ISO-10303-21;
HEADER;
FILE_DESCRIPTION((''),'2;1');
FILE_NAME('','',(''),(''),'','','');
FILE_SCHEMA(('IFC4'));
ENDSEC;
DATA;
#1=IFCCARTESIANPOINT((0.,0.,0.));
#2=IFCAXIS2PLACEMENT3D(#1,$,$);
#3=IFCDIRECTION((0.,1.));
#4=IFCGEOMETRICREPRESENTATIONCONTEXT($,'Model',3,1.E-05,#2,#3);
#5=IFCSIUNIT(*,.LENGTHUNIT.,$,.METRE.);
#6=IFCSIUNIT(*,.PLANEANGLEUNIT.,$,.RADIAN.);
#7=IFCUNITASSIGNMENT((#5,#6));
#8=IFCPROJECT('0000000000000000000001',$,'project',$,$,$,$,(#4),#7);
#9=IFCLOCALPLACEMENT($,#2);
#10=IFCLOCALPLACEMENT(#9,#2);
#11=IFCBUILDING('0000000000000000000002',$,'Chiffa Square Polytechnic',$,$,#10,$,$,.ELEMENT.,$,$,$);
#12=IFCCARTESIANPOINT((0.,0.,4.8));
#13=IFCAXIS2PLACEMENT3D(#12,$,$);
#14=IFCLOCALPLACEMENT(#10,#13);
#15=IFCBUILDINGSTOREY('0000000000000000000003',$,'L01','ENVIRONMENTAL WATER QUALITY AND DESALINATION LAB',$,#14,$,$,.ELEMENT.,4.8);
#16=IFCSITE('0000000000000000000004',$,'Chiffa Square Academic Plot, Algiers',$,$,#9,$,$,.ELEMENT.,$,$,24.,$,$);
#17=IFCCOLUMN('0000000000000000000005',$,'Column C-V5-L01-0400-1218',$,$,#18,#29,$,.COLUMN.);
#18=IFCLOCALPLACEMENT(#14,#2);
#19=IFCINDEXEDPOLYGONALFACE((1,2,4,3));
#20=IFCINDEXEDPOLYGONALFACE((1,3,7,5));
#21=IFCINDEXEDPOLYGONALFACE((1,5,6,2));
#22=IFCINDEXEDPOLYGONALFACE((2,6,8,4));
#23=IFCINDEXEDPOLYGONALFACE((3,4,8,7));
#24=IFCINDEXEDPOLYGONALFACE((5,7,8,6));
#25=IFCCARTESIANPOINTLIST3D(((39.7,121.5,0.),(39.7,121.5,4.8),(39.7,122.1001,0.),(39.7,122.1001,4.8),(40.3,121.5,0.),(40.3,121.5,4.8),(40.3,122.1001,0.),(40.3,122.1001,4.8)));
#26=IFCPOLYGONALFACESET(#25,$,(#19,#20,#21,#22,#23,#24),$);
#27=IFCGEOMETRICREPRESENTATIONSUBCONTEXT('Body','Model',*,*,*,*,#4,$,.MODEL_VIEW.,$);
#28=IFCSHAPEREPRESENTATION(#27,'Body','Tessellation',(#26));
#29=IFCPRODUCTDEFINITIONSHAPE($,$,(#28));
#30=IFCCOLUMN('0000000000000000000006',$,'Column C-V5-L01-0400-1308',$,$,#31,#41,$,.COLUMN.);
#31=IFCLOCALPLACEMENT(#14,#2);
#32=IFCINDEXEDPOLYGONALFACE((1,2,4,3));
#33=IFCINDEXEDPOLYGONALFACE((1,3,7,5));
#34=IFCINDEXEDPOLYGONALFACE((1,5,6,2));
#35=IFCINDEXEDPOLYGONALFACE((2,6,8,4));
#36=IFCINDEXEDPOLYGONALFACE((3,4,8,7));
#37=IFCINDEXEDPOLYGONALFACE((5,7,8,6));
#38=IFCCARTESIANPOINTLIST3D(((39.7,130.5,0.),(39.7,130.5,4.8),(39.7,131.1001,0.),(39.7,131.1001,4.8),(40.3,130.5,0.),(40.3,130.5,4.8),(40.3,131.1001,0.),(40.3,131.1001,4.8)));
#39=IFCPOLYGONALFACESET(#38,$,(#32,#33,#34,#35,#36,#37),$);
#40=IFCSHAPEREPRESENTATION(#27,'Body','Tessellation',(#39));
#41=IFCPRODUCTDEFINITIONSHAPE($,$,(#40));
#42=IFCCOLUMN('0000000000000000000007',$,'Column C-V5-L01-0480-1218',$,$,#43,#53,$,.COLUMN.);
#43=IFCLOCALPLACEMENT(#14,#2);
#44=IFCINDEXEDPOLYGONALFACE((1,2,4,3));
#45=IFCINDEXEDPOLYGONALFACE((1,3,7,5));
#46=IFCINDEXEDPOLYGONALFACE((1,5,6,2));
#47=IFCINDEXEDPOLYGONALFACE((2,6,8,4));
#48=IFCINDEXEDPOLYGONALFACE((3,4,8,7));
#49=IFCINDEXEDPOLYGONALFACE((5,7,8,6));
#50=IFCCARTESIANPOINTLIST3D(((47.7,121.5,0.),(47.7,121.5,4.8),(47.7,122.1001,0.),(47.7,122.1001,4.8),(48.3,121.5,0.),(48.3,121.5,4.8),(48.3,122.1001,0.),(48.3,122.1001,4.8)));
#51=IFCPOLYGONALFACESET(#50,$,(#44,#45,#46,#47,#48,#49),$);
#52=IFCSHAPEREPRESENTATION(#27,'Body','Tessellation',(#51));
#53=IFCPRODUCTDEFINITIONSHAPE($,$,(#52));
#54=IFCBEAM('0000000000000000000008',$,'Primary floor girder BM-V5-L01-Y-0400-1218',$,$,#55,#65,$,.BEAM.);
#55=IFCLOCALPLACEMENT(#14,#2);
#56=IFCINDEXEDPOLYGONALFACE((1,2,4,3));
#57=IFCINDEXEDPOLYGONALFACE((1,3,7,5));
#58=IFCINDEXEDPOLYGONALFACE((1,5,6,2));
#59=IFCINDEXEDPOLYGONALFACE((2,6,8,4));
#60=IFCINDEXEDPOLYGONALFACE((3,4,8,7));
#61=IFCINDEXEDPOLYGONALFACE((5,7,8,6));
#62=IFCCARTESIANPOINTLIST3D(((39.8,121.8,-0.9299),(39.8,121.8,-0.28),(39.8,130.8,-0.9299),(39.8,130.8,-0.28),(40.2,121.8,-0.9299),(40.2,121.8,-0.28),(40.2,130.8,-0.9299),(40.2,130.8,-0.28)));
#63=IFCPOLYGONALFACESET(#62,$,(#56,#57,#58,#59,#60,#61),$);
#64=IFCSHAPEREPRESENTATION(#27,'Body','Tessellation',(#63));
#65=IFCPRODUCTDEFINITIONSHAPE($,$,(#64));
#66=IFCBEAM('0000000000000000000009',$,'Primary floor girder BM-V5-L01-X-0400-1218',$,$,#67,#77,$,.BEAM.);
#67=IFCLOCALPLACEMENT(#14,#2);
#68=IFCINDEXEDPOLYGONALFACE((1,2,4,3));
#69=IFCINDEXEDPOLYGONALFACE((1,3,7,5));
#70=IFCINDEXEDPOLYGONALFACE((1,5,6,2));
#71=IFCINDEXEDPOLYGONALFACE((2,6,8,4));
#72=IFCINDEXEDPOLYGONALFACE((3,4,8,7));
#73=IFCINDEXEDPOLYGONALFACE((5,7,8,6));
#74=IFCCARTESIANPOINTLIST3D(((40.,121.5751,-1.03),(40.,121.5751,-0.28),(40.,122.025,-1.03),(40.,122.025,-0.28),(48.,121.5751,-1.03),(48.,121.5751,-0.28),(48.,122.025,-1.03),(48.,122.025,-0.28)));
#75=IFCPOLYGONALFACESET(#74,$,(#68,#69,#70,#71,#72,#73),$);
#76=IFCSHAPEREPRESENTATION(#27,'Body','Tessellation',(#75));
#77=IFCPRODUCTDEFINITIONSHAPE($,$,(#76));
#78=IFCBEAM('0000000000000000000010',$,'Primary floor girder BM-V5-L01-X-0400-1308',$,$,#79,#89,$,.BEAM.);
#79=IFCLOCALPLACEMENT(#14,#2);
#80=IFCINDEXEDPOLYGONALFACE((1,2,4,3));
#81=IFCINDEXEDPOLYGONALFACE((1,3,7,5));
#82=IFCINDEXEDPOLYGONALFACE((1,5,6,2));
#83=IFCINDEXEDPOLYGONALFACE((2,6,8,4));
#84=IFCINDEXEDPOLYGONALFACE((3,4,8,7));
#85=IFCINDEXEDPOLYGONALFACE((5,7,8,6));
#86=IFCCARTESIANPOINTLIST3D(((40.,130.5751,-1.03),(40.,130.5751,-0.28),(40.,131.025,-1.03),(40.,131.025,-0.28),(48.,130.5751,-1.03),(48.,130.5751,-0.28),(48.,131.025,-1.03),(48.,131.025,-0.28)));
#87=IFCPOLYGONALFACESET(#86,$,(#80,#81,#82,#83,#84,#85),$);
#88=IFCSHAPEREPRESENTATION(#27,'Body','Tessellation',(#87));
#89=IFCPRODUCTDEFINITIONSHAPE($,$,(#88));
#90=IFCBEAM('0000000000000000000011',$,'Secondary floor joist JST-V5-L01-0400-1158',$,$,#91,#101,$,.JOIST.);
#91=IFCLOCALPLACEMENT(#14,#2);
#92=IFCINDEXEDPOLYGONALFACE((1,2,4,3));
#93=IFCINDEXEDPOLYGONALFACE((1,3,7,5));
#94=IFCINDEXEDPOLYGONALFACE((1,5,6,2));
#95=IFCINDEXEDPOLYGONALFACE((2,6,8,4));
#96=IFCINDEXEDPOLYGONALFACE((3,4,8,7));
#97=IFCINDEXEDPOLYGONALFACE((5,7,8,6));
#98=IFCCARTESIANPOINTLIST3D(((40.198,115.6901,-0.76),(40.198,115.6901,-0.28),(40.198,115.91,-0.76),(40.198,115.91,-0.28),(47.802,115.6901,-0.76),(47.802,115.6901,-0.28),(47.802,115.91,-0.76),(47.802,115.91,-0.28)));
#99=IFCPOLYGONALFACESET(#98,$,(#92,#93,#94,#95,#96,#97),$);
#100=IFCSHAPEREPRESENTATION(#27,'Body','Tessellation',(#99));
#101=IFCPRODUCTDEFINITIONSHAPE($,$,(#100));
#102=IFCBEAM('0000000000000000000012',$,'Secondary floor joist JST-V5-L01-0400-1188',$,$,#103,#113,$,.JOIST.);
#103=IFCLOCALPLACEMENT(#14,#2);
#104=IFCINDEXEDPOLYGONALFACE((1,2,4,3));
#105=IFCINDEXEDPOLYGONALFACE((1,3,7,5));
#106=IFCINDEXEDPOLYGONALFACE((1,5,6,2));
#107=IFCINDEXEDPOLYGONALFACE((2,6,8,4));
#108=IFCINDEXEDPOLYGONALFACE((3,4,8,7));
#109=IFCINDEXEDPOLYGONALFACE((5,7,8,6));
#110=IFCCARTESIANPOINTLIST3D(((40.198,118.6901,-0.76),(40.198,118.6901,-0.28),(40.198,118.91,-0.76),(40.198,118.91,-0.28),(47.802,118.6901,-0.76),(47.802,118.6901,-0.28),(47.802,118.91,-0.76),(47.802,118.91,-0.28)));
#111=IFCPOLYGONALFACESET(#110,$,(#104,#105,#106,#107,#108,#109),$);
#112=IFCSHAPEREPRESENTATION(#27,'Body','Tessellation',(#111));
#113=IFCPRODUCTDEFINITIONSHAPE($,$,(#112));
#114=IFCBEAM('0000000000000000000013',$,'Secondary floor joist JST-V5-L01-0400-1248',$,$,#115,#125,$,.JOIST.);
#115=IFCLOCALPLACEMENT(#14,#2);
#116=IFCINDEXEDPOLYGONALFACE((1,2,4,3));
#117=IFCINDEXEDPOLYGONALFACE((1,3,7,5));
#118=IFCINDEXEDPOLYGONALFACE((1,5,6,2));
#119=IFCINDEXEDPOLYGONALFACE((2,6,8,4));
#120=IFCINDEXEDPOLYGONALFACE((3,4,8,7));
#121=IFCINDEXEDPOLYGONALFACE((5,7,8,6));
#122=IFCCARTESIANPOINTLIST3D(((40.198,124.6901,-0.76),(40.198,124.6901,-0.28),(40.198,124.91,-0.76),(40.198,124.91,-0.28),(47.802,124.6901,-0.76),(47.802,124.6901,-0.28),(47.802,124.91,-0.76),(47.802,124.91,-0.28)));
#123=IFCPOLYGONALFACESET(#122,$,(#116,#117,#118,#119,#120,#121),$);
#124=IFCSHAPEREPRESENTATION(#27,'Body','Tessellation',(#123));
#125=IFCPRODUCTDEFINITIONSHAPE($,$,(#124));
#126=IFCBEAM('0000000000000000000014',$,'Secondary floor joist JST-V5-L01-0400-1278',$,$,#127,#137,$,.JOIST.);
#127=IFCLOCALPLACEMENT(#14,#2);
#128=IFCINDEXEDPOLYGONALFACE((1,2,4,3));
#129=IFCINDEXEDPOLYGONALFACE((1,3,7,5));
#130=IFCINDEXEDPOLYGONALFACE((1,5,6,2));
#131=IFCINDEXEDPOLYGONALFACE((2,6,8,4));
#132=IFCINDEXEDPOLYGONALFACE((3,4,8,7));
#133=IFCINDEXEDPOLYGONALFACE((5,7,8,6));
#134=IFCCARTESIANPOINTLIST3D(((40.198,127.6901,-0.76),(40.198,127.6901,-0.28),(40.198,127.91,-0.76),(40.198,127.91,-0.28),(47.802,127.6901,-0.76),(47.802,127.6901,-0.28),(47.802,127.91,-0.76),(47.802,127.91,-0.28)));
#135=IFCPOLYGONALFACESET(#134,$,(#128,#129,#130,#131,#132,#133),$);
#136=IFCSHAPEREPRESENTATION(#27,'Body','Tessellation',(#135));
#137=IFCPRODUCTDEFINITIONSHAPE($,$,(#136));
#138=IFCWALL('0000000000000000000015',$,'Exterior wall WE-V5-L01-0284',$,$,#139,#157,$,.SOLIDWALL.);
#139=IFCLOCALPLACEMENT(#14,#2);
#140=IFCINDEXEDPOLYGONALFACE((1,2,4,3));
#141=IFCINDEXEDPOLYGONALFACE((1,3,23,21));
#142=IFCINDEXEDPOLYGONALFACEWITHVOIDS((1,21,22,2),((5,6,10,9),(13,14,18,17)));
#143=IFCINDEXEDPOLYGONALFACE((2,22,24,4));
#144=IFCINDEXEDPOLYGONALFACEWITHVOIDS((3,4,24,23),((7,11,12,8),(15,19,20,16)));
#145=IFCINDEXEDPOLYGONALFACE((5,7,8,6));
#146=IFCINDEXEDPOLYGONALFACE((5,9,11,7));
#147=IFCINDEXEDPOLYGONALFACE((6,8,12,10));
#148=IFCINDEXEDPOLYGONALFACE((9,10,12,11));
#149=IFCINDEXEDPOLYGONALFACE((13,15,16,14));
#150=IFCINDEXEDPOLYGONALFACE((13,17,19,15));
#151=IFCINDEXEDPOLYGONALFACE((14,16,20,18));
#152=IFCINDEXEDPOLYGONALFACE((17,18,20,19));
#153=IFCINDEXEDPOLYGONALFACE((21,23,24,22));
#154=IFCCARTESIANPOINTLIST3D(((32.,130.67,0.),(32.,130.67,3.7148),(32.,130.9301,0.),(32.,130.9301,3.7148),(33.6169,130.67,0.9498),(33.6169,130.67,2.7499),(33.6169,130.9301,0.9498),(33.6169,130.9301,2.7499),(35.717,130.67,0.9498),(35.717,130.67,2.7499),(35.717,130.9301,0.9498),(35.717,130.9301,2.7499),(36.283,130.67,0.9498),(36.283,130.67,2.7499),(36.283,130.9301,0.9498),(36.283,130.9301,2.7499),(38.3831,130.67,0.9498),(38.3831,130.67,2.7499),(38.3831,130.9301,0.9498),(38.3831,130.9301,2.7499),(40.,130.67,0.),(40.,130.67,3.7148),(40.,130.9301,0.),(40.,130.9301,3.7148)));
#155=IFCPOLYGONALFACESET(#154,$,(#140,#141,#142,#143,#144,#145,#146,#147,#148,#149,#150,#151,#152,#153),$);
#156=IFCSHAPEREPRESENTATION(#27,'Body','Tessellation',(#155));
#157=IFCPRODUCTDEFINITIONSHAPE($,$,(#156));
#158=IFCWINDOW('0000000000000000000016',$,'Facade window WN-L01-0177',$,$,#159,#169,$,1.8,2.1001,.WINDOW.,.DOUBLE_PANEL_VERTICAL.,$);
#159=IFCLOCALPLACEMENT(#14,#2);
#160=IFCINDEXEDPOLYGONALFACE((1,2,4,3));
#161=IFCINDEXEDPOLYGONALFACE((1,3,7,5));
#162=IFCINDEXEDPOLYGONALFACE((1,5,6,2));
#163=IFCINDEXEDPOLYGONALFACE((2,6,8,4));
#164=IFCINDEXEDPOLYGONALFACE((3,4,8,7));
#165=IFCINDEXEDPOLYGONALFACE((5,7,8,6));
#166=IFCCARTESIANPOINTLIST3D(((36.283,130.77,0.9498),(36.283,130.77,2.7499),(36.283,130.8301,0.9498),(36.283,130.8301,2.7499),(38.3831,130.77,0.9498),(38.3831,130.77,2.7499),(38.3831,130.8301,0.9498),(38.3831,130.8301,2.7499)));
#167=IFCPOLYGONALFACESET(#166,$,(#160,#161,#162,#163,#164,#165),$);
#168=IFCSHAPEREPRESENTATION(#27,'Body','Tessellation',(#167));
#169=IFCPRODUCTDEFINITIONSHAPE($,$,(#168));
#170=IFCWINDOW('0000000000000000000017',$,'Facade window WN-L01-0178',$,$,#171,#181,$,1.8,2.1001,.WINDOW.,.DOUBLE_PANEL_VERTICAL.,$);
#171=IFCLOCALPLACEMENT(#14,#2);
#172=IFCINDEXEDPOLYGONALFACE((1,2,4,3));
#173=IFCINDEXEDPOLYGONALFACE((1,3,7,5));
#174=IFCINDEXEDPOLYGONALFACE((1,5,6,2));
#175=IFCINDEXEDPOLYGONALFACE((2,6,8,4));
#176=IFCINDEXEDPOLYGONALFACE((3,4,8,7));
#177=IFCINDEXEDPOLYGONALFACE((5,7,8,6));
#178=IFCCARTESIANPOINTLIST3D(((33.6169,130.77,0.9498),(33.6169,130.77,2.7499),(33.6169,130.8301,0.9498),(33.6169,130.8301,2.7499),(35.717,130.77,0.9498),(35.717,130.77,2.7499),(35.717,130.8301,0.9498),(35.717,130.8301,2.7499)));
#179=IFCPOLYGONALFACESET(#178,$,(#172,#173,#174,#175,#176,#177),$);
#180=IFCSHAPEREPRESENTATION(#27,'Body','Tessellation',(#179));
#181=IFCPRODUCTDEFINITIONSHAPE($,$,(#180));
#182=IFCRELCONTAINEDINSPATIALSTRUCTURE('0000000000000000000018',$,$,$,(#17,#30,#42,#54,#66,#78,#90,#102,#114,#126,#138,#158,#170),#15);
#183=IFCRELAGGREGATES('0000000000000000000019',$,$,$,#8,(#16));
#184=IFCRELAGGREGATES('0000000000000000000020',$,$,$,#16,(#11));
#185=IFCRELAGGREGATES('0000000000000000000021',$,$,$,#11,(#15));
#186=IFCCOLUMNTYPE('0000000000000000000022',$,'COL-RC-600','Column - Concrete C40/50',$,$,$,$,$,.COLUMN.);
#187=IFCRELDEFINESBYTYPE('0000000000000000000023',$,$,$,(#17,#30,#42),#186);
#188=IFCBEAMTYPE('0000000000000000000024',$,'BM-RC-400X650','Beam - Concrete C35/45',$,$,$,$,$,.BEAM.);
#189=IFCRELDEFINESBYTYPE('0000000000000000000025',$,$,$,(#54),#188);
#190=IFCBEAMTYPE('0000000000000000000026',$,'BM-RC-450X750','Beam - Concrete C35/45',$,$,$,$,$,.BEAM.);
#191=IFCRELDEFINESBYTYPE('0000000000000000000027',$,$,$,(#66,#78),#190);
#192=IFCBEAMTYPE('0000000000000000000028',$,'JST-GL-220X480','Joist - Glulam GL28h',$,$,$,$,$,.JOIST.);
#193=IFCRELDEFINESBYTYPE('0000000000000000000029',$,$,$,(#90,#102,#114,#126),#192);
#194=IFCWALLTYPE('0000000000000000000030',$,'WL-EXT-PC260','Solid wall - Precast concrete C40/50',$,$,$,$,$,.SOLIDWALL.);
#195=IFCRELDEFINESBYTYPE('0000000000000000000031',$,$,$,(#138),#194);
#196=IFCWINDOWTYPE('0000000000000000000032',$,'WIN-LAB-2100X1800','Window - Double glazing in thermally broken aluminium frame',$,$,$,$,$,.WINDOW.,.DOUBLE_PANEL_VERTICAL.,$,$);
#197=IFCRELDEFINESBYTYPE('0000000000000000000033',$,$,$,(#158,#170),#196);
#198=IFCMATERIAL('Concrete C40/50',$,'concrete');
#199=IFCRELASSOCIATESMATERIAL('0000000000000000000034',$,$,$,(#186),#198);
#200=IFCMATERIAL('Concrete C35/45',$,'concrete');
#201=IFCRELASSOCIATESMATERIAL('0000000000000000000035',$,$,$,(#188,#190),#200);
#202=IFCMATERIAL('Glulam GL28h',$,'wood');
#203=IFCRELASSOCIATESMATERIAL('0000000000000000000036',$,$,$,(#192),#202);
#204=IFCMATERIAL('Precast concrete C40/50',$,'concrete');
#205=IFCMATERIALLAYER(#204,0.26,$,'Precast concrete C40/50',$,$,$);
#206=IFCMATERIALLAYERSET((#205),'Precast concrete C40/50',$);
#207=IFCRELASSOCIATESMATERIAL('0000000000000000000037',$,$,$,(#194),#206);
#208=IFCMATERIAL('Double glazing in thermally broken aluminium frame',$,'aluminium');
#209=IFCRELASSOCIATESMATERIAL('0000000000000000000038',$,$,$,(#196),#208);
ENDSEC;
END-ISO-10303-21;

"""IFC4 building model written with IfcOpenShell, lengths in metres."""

from ifc_helpers import new_model, si_unit, direction, frame, frame_2d, origin, origin_2d, place, context, subcontext, project, spatial, rectangle, extrude, material, layer, layer_set, material_profile, profile_set, type_object, element, fill, save


model = new_model("IFC4")

# Units and contexts
model_context = context("Model", 3, precision=1e-05, world=origin(), true_north=direction((0.0, 1.0)))
body_context = subcontext(model_context, "Body", "Model", "MODEL_VIEW")
ifc_project = project(units=[si_unit("LENGTHUNIT", "METRE"), si_unit("PLANEANGLEUNIT", "RADIAN")], contexts=[model_context])

# Site, building, storey
site_placement = place(None, origin())
site = spatial("IfcSite", under=ifc_project, at=site_placement, Name="Chiffa Square Academic Plot, Algiers", CompositionType="ELEMENT", RefElevation=24.0)
building_placement = place(site_placement, origin())
building = spatial("IfcBuilding", under=site, at=building_placement, Name="Chiffa Square Polytechnic", CompositionType="ELEMENT")
storey_placement = place(building_placement, frame((0.0, 0.0, 4.8)))
storey = spatial("IfcBuildingStorey", under=building, at=storey_placement, Name="L01", Description="ENVIRONMENTAL WATER QUALITY AND DESALINATION LAB", CompositionType="ELEMENT", Elevation=4.8)

# Columns
ifc_material_1 = material(Name="Concrete C40/50", Category="concrete")
ifc_material_profile_1 = material_profile(ifc_material_1, rectangle(XDim=0.6001, YDim=0.6001, at=origin_2d()), Name="RC 600x600")
ifc_profile_set_1 = profile_set([ifc_material_profile_1], Name="Concrete C40/50")
column_type = type_object("IfcColumnType", Name="COL-RC-600", Description="Column - Concrete C40/50", PredefinedType="COLUMN", material=ifc_profile_set_1)
for number, where, z_axis, x_axis, name in (
    (1, (40.0, 121.8, 0.0), (0.0, 0.0, 1.0), (1.0, 0.0, 0.0), "Column C-V5-L01-0400-1218"),
    (2, (40.0, 130.8, 0.0), (0.0, 0.0, 1.0), (1.0, 0.0, 0.0), "Column C-V5-L01-0400-1308"),
    (3, (48.0, 121.8, 0.0), (0.0, 0.0, 1.0), (1.0, 0.0, 0.0), "Column C-V5-L01-0480-1218"),
):
    element("IfcColumn", number, at=place(storey_placement, frame(where, z_axis=z_axis, x_axis=x_axis)), inside=storey, type_object=column_type, Name=name, PredefinedType="COLUMN", context=body_context, shape_type="SweptSolid", body=[
        extrude(rectangle(XDim=0.6001, YDim=0.6001, at=origin_2d()), origin(), (0.0, 0.0, 1.0), 4.8),
    ])

# Beams
ifc_material_2 = material(Name="Concrete C35/45", Category="concrete")
ifc_material_profile_2 = material_profile(ifc_material_2, rectangle(XDim=0.3999, YDim=0.6499, at=origin_2d()), Name="RC 400x650")
ifc_profile_set_2 = profile_set([ifc_material_profile_2], Name="Concrete C35/45")
beam_type_1 = type_object("IfcBeamType", Name="BM-RC-400X650", Description="Beam - Concrete C35/45", PredefinedType="BEAM", material=ifc_profile_set_2)
beam_placement = place(storey_placement, frame((40.0, 121.8, -0.605), z_axis=(0.0, 1.0, 0.0), x_axis=(-1.0, 0.0, 0.0)))
element("IfcBeam", 4, at=beam_placement, inside=storey, type_object=beam_type_1, Name="Primary floor girder BM-V5-L01-Y-0400-1218", PredefinedType="BEAM", context=body_context, shape_type="SweptSolid", body=[
    extrude(rectangle(XDim=0.3999, YDim=0.6499, at=origin_2d()), origin(), (0.0, 0.0, 1.0), 9.0),
])
ifc_material_profile_3 = material_profile(ifc_material_2, rectangle(XDim=0.45, YDim=0.75, at=origin_2d()), Name="RC 450x750")
ifc_profile_set_3 = profile_set([ifc_material_profile_3], Name="Concrete C35/45")
beam_type_2 = type_object("IfcBeamType", Name="BM-RC-450X750", Description="Beam - Concrete C35/45", PredefinedType="BEAM", material=ifc_profile_set_3)
for number, where, z_axis, x_axis, name in (
    (5, (40.0, 121.8, -0.655), (1.0, 0.0, 0.0), (0.0, 1.0, 0.0), "Primary floor girder BM-V5-L01-X-0400-1218"),
    (6, (40.0, 130.8, -0.655), (1.0, 0.0, 0.0), (0.0, 1.0, 0.0), "Primary floor girder BM-V5-L01-X-0400-1308"),
):
    element("IfcBeam", number, at=place(storey_placement, frame(where, z_axis=z_axis, x_axis=x_axis)), inside=storey, type_object=beam_type_2, Name=name, PredefinedType="BEAM", context=body_context, shape_type="SweptSolid", body=[
        extrude(rectangle(XDim=0.45, YDim=0.75, at=origin_2d()), origin(), (0.0, 0.0, 1.0), 8.0),
    ])
ifc_material_3 = material(Name="Glulam GL28h", Category="wood")
ifc_material_profile_4 = material_profile(ifc_material_3, rectangle(XDim=0.22, YDim=0.48, at=origin_2d()), Name="GL28h 220x480")
ifc_profile_set_4 = profile_set([ifc_material_profile_4], Name="Glulam GL28h")
beam_type_3 = type_object("IfcBeamType", Name="JST-GL-220X480", Description="Joist - Glulam GL28h", PredefinedType="JOIST", material=ifc_profile_set_4)
for number, where, z_axis, x_axis, name in (
    (7, (40.198, 115.8, -0.52), (1.0, 0.0, 0.0), (0.0, 1.0, 0.0), "Secondary floor joist JST-V5-L01-0400-1158"),
    (8, (40.198, 118.8, -0.52), (1.0, 0.0, 0.0), (0.0, 1.0, 0.0), "Secondary floor joist JST-V5-L01-0400-1188"),
    (9, (40.198, 124.8, -0.52), (1.0, 0.0, 0.0), (0.0, 1.0, 0.0), "Secondary floor joist JST-V5-L01-0400-1248"),
    (10, (40.198, 127.8, -0.52), (1.0, 0.0, 0.0), (0.0, 1.0, 0.0), "Secondary floor joist JST-V5-L01-0400-1278"),
):
    element("IfcBeam", number, at=place(storey_placement, frame(where, z_axis=z_axis, x_axis=x_axis)), inside=storey, type_object=beam_type_3, Name=name, PredefinedType="JOIST", context=body_context, shape_type="SweptSolid", body=[
        extrude(rectangle(XDim=0.22, YDim=0.48, at=origin_2d()), origin(), (0.0, 0.0, 1.0), 7.604),
    ])

# Wall, openings, windows
ifc_material_4 = material(Name="Precast concrete C40/50", Category="concrete")
ifc_layer_1 = layer(ifc_material_4, 0.26, Name="Precast concrete C40/50")
ifc_layer_set_1 = layer_set([ifc_layer_1], Name="Precast concrete C40/50")
wall_type_1 = type_object("IfcWallType", Name="WL-EXT-PC260", Description="Solid wall - Precast concrete C40/50", PredefinedType="SOLIDWALL", material=ifc_layer_set_1)
wall_1_placement = place(storey_placement, frame((40.0, 130.8, 0.0), z_axis=(0.0, 0.0, 1.0), x_axis=(-1.0, 0.0, 0.0)))
wall_1 = element("IfcWall", 11, at=wall_1_placement, inside=storey, type_object=wall_type_1, Name="Exterior wall WE-V5-L01-0284", PredefinedType="SOLIDWALL", context=body_context, shape_type="SweptSolid", body=[
    extrude(rectangle(XDim=8.0, YDim=0.26, at=frame_2d((4.0, 0.0))), origin(), (0.0, 0.0, 1.0), 3.7148),
])
opening_1_placement = place(wall_1_placement, frame((1.6169, 0.0, 0.95)))
opening_1 = element("IfcOpeningElement", 12, at=opening_1_placement, cuts=wall_1, PredefinedType="OPENING", context=body_context, shape_type="SweptSolid", body=[
    extrude(rectangle(XDim=2.1001, YDim=1.8, at=frame_2d((1.05, 0.8999))), frame((0.0, 0.1401, 0.0), z_axis=(0.0, -1.0, 0.0), x_axis=(1.0, 0.0, 0.0)), (0.0, 0.0, 1.0), 0.28),
])
opening_2_placement = place(wall_1_placement, frame((4.283, 0.0, 0.95)))
opening_2 = element("IfcOpeningElement", 13, at=opening_2_placement, cuts=wall_1, PredefinedType="OPENING", context=body_context, shape_type="SweptSolid", body=[
    extrude(rectangle(XDim=2.1001, YDim=1.8, at=frame_2d((1.05, 0.8999))), frame((0.0, 0.1401, 0.0), z_axis=(0.0, -1.0, 0.0), x_axis=(1.0, 0.0, 0.0)), (0.0, 0.0, 1.0), 0.28),
])
ifc_material_5 = material(Name="Double glazing in thermally broken aluminium frame", Category="aluminium")
window_type = type_object("IfcWindowType", Name="WIN-LAB-2100X1800", Description="Window - Double glazing in thermally broken aluminium frame", PartitioningType="DOUBLE_PANEL_VERTICAL", PredefinedType="WINDOW", material=ifc_material_5)
window_1_placement = place(opening_1_placement, origin())
window_1 = element("IfcWindow", 14, at=window_1_placement, inside=storey, type_object=window_type, Name="Facade window WN-L01-0177", OverallHeight=1.8, OverallWidth=2.1001, PartitioningType="DOUBLE_PANEL_VERTICAL", PredefinedType="WINDOW", context=body_context, shape_type="SweptSolid", body=[
    extrude(rectangle(XDim=2.1001, YDim=1.8, at=frame_2d((1.05, 0.8999))), frame((0.0, 0.03, 0.0), z_axis=(0.0, -1.0, 0.0), x_axis=(1.0, 0.0, 0.0)), (0.0, 0.0, 1.0), 0.0601),
])
fill(opening_1, window_1)
window_2_placement = place(opening_2_placement, origin())
window_2 = element("IfcWindow", 15, at=window_2_placement, inside=storey, type_object=window_type, Name="Facade window WN-L01-0178", OverallHeight=1.8, OverallWidth=2.1001, PartitioningType="DOUBLE_PANEL_VERTICAL", PredefinedType="WINDOW", context=body_context, shape_type="SweptSolid", body=[
    extrude(rectangle(XDim=2.1001, YDim=1.8, at=frame_2d((1.05, 0.8999))), frame((0.0, 0.03, 0.0), z_axis=(0.0, -1.0, 0.0), x_axis=(1.0, 0.0, 0.0)), (0.0, 0.0, 1.0), 0.0601),
])
fill(opening_2, window_2)

save(model, "model.ifc")
